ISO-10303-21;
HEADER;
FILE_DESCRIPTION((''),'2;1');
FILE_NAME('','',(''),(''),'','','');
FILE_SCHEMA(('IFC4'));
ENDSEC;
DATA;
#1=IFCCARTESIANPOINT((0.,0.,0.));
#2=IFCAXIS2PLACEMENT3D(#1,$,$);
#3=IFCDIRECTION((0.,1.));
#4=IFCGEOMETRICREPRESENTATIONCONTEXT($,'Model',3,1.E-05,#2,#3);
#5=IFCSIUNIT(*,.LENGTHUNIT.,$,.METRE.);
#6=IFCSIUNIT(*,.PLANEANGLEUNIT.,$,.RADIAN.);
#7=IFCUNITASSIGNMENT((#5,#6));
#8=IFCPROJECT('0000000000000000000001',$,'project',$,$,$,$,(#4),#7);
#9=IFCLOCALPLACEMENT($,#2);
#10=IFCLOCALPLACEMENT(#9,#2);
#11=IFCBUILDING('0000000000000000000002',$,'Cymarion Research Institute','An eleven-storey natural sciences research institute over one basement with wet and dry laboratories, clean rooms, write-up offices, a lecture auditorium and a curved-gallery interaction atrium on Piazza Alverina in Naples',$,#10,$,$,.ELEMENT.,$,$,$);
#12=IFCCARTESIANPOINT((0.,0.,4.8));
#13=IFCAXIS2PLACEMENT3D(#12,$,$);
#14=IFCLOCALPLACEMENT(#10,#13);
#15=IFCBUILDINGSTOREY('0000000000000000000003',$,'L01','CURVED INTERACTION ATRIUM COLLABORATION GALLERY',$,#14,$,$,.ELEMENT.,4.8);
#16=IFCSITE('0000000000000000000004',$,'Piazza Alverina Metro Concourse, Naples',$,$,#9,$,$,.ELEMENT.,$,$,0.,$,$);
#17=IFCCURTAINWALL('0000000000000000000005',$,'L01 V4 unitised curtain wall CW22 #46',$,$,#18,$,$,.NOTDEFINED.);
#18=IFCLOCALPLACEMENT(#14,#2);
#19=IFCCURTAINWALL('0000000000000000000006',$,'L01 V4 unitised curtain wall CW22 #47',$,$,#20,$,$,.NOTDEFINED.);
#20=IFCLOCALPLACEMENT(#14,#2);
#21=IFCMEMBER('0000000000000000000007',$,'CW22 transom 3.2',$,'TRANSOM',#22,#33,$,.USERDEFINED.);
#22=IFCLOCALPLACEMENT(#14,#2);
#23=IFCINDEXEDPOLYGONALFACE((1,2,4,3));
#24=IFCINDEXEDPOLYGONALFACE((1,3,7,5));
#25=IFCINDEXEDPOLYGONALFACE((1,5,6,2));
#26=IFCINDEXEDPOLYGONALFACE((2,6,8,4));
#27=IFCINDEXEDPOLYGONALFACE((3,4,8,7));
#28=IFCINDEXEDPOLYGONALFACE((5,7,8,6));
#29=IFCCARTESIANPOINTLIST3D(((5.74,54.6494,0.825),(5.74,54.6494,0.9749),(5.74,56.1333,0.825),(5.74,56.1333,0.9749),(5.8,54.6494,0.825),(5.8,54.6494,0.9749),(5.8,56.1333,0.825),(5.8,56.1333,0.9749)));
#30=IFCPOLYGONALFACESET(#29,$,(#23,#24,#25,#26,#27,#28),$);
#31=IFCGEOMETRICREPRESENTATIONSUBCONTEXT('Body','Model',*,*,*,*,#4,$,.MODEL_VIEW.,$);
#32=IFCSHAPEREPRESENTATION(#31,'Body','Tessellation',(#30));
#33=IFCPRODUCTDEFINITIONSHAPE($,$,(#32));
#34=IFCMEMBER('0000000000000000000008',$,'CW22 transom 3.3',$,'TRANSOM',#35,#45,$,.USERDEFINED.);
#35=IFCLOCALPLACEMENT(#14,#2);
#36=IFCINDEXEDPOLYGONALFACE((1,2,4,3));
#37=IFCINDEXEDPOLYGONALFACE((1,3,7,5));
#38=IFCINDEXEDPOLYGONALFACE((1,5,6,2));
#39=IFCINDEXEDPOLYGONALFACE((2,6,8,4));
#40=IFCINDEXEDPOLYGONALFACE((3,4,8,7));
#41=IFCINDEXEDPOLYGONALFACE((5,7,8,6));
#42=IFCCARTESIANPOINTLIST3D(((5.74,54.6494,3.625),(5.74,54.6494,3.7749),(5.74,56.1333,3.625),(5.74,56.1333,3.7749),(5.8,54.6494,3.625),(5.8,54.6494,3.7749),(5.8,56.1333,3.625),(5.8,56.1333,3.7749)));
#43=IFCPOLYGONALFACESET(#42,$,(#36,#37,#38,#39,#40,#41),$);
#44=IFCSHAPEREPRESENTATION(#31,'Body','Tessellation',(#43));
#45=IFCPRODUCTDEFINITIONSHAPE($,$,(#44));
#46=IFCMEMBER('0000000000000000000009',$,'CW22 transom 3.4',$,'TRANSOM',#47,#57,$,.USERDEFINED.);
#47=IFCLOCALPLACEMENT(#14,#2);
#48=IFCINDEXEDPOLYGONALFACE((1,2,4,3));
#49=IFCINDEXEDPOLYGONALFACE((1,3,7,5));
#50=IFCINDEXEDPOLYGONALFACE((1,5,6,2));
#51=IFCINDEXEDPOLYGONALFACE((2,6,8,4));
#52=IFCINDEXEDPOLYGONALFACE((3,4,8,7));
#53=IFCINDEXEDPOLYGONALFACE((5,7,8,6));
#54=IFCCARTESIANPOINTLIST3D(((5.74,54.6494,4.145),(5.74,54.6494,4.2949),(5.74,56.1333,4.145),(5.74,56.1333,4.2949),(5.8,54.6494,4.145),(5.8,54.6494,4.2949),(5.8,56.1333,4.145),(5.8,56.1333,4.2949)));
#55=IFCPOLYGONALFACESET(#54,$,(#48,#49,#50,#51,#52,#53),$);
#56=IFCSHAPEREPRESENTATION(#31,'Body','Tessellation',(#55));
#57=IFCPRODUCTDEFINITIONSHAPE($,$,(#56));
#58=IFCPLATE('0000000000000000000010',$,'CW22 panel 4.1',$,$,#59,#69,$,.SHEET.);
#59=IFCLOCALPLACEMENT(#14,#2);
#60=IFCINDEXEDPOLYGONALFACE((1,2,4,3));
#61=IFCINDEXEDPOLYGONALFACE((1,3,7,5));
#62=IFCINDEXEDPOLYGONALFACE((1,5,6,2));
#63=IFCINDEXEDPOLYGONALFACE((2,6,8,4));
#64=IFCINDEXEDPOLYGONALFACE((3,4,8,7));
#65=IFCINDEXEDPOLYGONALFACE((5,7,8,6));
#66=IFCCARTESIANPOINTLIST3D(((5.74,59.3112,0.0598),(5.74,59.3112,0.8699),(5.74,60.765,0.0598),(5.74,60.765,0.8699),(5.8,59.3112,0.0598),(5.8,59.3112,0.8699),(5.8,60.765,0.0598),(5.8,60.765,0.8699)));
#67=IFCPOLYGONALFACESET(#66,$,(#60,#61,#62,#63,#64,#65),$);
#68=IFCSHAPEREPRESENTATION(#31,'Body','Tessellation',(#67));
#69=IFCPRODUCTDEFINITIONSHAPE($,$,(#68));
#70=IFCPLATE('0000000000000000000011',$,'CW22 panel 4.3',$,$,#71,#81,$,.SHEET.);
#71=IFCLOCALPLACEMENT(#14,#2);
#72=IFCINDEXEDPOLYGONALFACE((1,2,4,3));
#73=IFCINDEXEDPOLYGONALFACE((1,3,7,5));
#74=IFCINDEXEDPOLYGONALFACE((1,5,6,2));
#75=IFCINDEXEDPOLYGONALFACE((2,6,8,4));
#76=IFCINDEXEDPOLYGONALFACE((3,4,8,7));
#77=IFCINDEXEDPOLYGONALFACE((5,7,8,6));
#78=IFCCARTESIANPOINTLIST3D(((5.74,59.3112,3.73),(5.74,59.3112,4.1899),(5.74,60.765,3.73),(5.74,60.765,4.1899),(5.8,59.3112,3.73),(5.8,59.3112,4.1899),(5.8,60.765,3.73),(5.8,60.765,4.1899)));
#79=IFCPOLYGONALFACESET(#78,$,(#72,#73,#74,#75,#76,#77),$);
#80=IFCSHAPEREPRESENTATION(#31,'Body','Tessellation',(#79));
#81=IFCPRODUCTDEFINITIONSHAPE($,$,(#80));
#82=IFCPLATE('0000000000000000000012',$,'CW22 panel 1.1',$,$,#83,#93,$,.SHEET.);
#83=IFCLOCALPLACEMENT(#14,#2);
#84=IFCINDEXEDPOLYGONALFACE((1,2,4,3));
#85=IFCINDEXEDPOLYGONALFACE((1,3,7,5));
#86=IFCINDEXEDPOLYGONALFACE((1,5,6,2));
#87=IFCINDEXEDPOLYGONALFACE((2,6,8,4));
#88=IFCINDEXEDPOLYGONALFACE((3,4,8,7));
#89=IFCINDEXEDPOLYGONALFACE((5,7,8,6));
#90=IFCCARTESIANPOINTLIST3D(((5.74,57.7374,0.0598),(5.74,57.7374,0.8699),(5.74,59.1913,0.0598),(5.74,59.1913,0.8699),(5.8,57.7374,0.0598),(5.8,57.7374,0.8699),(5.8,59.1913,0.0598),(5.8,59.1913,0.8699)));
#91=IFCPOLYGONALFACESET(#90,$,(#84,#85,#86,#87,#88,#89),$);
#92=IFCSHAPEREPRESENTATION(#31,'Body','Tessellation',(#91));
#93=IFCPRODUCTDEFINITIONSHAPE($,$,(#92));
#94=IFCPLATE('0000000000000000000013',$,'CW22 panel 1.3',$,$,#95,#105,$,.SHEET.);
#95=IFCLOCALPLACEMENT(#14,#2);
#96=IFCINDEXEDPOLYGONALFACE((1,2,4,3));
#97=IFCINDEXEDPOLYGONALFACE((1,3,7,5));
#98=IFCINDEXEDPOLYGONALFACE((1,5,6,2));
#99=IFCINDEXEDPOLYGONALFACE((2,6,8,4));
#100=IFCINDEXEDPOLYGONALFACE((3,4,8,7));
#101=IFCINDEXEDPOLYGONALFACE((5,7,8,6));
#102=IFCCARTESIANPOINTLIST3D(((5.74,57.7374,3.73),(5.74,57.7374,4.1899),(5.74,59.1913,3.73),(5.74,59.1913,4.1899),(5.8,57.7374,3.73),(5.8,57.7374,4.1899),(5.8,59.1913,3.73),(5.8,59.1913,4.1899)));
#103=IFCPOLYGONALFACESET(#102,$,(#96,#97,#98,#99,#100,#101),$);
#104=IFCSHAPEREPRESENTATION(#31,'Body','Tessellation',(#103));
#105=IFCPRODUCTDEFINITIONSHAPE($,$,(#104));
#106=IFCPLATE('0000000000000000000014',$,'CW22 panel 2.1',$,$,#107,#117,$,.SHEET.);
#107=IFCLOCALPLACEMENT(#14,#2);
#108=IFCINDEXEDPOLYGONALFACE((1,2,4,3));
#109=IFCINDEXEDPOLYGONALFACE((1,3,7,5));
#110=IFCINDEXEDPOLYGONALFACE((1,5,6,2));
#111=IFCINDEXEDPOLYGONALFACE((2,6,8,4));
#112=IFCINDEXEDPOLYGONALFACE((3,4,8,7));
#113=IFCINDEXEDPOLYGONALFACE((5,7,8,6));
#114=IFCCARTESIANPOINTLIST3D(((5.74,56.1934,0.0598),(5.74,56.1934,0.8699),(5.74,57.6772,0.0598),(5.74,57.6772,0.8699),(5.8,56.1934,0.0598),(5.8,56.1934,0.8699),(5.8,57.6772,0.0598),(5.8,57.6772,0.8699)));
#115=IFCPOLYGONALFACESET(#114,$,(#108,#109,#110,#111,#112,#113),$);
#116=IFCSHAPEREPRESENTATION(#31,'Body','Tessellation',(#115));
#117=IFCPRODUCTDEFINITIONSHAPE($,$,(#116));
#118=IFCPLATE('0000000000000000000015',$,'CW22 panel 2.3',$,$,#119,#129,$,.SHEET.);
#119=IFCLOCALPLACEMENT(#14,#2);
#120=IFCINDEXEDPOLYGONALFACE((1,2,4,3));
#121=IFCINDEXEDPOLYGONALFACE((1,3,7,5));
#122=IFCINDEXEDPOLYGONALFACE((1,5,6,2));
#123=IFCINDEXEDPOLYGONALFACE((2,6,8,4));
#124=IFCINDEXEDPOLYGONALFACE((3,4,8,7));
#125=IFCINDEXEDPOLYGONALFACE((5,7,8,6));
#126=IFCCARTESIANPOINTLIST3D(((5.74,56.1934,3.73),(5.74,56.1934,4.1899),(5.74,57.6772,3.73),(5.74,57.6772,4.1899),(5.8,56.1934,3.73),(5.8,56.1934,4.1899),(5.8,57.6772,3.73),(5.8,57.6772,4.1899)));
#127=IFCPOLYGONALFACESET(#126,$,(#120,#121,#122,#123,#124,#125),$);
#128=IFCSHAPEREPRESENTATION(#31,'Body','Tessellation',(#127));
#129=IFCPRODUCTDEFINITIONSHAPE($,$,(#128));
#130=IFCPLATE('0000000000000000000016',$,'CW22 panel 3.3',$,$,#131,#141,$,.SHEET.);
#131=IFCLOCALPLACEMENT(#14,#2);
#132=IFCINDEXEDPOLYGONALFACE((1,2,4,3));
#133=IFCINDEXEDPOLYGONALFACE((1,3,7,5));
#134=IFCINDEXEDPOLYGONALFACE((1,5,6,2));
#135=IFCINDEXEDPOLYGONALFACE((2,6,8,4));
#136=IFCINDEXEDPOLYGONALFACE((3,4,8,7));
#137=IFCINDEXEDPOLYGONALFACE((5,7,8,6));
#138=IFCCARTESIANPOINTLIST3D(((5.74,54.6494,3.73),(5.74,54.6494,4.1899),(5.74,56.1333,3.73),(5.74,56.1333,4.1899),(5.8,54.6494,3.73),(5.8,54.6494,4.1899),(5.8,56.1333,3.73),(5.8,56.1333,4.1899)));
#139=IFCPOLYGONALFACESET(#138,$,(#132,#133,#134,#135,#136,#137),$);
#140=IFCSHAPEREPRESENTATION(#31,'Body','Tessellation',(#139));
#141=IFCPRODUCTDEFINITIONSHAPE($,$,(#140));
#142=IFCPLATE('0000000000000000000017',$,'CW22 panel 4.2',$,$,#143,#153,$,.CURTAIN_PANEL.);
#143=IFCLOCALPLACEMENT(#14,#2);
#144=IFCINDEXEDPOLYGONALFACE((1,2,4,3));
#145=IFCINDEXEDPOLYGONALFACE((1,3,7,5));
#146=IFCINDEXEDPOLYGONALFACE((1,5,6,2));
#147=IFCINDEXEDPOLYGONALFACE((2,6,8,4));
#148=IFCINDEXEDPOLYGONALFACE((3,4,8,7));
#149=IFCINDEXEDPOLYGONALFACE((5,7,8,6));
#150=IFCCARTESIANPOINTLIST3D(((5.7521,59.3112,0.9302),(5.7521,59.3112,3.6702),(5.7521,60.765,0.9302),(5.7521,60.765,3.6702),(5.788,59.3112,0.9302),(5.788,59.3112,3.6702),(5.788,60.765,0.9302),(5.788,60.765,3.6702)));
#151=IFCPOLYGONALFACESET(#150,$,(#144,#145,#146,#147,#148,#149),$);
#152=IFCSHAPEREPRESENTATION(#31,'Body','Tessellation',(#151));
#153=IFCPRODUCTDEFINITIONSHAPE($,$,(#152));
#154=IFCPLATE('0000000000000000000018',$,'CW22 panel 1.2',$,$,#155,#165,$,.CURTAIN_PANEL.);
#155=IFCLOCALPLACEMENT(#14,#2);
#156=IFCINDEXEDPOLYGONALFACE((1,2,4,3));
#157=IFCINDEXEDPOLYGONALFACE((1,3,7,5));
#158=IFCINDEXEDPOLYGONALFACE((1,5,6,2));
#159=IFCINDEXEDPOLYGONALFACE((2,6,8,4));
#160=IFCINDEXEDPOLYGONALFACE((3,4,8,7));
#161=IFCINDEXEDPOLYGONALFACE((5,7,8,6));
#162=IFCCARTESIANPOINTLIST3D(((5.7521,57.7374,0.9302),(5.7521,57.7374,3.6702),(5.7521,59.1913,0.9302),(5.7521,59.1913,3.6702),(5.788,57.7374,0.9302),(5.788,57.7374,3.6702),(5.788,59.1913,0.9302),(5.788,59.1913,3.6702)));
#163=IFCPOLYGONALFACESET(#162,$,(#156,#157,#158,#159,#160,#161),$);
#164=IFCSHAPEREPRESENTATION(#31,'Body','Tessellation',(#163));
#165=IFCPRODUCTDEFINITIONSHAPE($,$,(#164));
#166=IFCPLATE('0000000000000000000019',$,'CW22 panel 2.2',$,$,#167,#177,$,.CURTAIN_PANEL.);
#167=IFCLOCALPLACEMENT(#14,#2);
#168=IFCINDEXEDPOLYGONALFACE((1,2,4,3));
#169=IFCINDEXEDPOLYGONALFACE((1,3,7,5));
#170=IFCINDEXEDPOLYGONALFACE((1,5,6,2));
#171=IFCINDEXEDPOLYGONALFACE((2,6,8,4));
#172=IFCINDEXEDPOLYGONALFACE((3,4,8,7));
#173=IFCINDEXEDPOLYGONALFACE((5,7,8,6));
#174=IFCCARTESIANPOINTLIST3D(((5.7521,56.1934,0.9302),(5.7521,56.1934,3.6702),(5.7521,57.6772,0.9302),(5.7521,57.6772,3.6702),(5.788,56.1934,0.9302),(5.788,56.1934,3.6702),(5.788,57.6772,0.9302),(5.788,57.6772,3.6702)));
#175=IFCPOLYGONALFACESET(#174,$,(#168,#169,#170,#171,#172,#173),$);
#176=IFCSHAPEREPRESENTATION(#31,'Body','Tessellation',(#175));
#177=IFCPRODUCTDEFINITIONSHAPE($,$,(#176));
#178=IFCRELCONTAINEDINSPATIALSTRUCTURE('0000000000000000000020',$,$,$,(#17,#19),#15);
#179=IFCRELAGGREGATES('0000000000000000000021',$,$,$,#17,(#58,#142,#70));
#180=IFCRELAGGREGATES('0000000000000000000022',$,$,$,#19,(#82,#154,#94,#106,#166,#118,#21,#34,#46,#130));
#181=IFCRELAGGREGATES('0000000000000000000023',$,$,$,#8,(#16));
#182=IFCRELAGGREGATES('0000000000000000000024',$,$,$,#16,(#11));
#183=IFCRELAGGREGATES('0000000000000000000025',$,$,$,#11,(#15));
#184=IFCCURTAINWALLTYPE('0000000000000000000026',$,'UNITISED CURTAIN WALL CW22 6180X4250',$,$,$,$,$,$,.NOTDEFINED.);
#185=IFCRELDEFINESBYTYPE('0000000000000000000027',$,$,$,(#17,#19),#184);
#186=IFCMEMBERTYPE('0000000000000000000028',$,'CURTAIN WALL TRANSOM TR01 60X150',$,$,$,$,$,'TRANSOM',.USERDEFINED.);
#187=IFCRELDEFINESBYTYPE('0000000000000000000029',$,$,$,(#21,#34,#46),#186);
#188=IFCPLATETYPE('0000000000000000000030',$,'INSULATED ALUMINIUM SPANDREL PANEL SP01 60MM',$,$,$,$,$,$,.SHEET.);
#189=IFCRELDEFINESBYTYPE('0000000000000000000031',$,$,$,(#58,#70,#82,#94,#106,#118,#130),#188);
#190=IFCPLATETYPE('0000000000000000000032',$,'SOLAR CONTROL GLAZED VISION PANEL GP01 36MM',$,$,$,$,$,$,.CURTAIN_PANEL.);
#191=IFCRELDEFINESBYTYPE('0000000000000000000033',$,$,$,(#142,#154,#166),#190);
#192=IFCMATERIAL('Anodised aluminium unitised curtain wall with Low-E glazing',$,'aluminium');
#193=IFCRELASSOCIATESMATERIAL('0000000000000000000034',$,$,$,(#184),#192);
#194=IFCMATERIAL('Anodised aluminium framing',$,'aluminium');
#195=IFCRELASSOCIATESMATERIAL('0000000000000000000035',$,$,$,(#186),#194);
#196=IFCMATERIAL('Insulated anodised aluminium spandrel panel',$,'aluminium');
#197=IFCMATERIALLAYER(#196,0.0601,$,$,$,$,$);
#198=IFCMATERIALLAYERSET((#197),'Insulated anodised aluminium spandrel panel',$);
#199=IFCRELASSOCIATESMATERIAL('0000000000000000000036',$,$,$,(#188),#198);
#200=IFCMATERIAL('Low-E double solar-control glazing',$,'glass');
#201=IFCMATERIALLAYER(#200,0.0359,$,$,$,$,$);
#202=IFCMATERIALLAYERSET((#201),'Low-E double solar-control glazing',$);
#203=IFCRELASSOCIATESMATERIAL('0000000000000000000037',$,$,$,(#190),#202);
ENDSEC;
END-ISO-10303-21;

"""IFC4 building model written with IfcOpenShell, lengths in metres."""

from ifc_helpers import new_model, si_unit, direction, frame, origin, origin_2d, place, context, subcontext, project, spatial, rectangle, extrude, material, layer, layer_set, material_profile, profile_set, type_object, element, aggregate, save


model = new_model("IFC4")

# Units and contexts
model_context = context("Model", 3, precision=1e-05, world=origin(), true_north=direction((0.0, 1.0)))
body_context = subcontext(model_context, "Body", "Model", "MODEL_VIEW")
ifc_project = project(units=[si_unit("LENGTHUNIT", "METRE"), si_unit("PLANEANGLEUNIT", "RADIAN")], contexts=[model_context])

# Site, building, storey
site_placement = place(None, origin())
site = spatial("IfcSite", under=ifc_project, at=site_placement, Name="Piazza Alverina Metro Concourse, Naples", CompositionType="ELEMENT", RefElevation=0.0)
building_placement = place(site_placement, origin())
building = spatial("IfcBuilding", under=site, at=building_placement, Name="Cymarion Research Institute", Description="An eleven-storey natural sciences research institute over one basement with wet and dry laboratories, clean rooms, write-up offices, a lecture auditorium and a curved-gallery interaction atrium on Piazza Alverina in Naples", CompositionType="ELEMENT")
storey_placement = place(building_placement, frame((0.0, 0.0, 4.8)))
storey = spatial("IfcBuildingStorey", under=building, at=storey_placement, Name="L01", Description="CURVED INTERACTION ATRIUM COLLABORATION GALLERY", CompositionType="ELEMENT", Elevation=4.8)

# Curtain wall
ifc_material_1 = material(Name="Anodised aluminium unitised curtain wall with Low-E glazing", Category="aluminium")
curtain_wall_type = type_object("IfcCurtainWallType", Name="UNITISED CURTAIN WALL CW22 6180X4250", PredefinedType="NOTDEFINED", material=ifc_material_1)
curtain_wall_1_placement = place(storey_placement, origin())
curtain_wall_1 = element("IfcCurtainWall", 1, at=curtain_wall_1_placement, inside=storey, type_object=curtain_wall_type, Name="L01 V4 unitised curtain wall CW22 #46", PredefinedType="NOTDEFINED")
ifc_material_2 = material(Name="Anodised aluminium framing", Category="aluminium")

# Curtain wall
curtain_wall_2_placement = place(storey_placement, origin())
curtain_wall_2 = element("IfcCurtainWall", 2, at=curtain_wall_2_placement, inside=storey, type_object=curtain_wall_type, Name="L01 V4 unitised curtain wall CW22 #47", PredefinedType="NOTDEFINED")

# Members
ifc_material_profile_1 = material_profile(ifc_material_2, rectangle(XDim=0.0601, YDim=0.1499, at=origin_2d()), Name="ALU TRANSOM 60x150")
ifc_profile_set_1 = profile_set([ifc_material_profile_1], Name="Anodised aluminium framing")
member_type_1 = type_object("IfcMemberType", Name="CURTAIN WALL TRANSOM TR01 60X150", ElementType="TRANSOM", PredefinedType="USERDEFINED", material=ifc_profile_set_1)
member_1_placement = place(storey_placement, frame((5.77, 56.1333, 0.8999), z_axis=(0.0, -1.0, 0.0), x_axis=(1.0, 0.0, 0.0)))
member_1 = element("IfcMember", 3, at=member_1_placement, type_object=member_type_1, Name="CW22 transom 3.2", ObjectType="TRANSOM", PredefinedType="USERDEFINED", context=body_context, shape_type="SweptSolid", body=[
    extrude(rectangle(XDim=0.0601, YDim=0.1499, at=origin_2d()), origin(), (0.0, 0.0, 1.0), 1.4839),
])
member_2_placement = place(storey_placement, frame((5.77, 56.1333, 3.7), z_axis=(0.0, -1.0, 0.0), x_axis=(1.0, 0.0, 0.0)))
member_2 = element("IfcMember", 4, at=member_2_placement, type_object=member_type_1, Name="CW22 transom 3.3", ObjectType="TRANSOM", PredefinedType="USERDEFINED", context=body_context, shape_type="SweptSolid", body=[
    extrude(rectangle(XDim=0.0601, YDim=0.1499, at=origin_2d()), origin(), (0.0, 0.0, 1.0), 1.4839),
])
member_3_placement = place(storey_placement, frame((5.77, 56.1333, 4.22), z_axis=(0.0, -1.0, 0.0), x_axis=(1.0, 0.0, 0.0)))
member_3 = element("IfcMember", 5, at=member_3_placement, type_object=member_type_1, Name="CW22 transom 3.4", ObjectType="TRANSOM", PredefinedType="USERDEFINED", context=body_context, shape_type="SweptSolid", body=[
    extrude(rectangle(XDim=0.0601, YDim=0.1499, at=origin_2d()), origin(), (0.0, 0.0, 1.0), 1.4839),
])

# Plates
ifc_material_3 = material(Name="Insulated anodised aluminium spandrel panel", Category="aluminium")
ifc_layer_1 = layer(ifc_material_3, 0.0601)
ifc_layer_set_1 = layer_set([ifc_layer_1], Name="Insulated anodised aluminium spandrel panel")
plate_type_1 = type_object("IfcPlateType", Name="INSULATED ALUMINIUM SPANDREL PANEL SP01 60MM", PredefinedType="SHEET", material=ifc_layer_set_1)
plate_1_placement = place(storey_placement, frame((5.77, 60.0381, 0.0598), z_axis=(0.0, 0.0, 1.0), x_axis=(0.0, -1.0, 0.0)))
plate_1 = element("IfcPlate", 6, at=plate_1_placement, type_object=plate_type_1, Name="CW22 panel 4.1", PredefinedType="SHEET", context=body_context, shape_type="SweptSolid", body=[
    extrude(rectangle(XDim=1.4539, YDim=0.0601, at=origin_2d()), origin(), (0.0, 0.0, 1.0), 0.8101),
])
plate_2_placement = place(storey_placement, frame((5.77, 60.0381, 3.73), z_axis=(0.0, 0.0, 1.0), x_axis=(0.0, -1.0, 0.0)))
plate_2 = element("IfcPlate", 7, at=plate_2_placement, type_object=plate_type_1, Name="CW22 panel 4.3", PredefinedType="SHEET", context=body_context, shape_type="SweptSolid", body=[
    extrude(rectangle(XDim=1.4539, YDim=0.0601, at=origin_2d()), origin(), (0.0, 0.0, 1.0), 0.46),
])
plate_3_placement = place(storey_placement, frame((5.77, 58.4644, 0.0598), z_axis=(0.0, 0.0, 1.0), x_axis=(0.0, -1.0, 0.0)))
plate_3 = element("IfcPlate", 8, at=plate_3_placement, type_object=plate_type_1, Name="CW22 panel 1.1", PredefinedType="SHEET", context=body_context, shape_type="SweptSolid", body=[
    extrude(rectangle(XDim=1.4539, YDim=0.0601, at=origin_2d()), origin(), (0.0, 0.0, 1.0), 0.8101),
])
plate_4_placement = place(storey_placement, frame((5.77, 58.4644, 3.73), z_axis=(0.0, 0.0, 1.0), x_axis=(0.0, -1.0, 0.0)))
plate_4 = element("IfcPlate", 9, at=plate_4_placement, type_object=plate_type_1, Name="CW22 panel 1.3", PredefinedType="SHEET", context=body_context, shape_type="SweptSolid", body=[
    extrude(rectangle(XDim=1.4539, YDim=0.0601, at=origin_2d()), origin(), (0.0, 0.0, 1.0), 0.46),
])
plate_5_placement = place(storey_placement, frame((5.77, 56.9353, 0.0598), z_axis=(0.0, 0.0, 1.0), x_axis=(0.0, -1.0, 0.0)))
plate_5 = element("IfcPlate", 10, at=plate_5_placement, type_object=plate_type_1, Name="CW22 panel 2.1", PredefinedType="SHEET", context=body_context, shape_type="SweptSolid", body=[
    extrude(rectangle(XDim=1.4839, YDim=0.0601, at=origin_2d()), origin(), (0.0, 0.0, 1.0), 0.8101),
])
plate_6_placement = place(storey_placement, frame((5.77, 56.9353, 3.73), z_axis=(0.0, 0.0, 1.0), x_axis=(0.0, -1.0, 0.0)))
plate_6 = element("IfcPlate", 11, at=plate_6_placement, type_object=plate_type_1, Name="CW22 panel 2.3", PredefinedType="SHEET", context=body_context, shape_type="SweptSolid", body=[
    extrude(rectangle(XDim=1.4839, YDim=0.0601, at=origin_2d()), origin(), (0.0, 0.0, 1.0), 0.46),
])
plate_7_placement = place(storey_placement, frame((5.77, 55.3914, 3.73), z_axis=(0.0, 0.0, 1.0), x_axis=(0.0, -1.0, 0.0)))
plate_7 = element("IfcPlate", 12, at=plate_7_placement, type_object=plate_type_1, Name="CW22 panel 3.3", PredefinedType="SHEET", context=body_context, shape_type="SweptSolid", body=[
    extrude(rectangle(XDim=1.4839, YDim=0.0601, at=origin_2d()), origin(), (0.0, 0.0, 1.0), 0.46),
])
ifc_material_4 = material(Name="Low-E double solar-control glazing", Category="glass")
ifc_layer_2 = layer(ifc_material_4, 0.0359)
ifc_layer_set_2 = layer_set([ifc_layer_2], Name="Low-E double solar-control glazing")
plate_type_2 = type_object("IfcPlateType", Name="SOLAR CONTROL GLAZED VISION PANEL GP01 36MM", PredefinedType="CURTAIN_PANEL", material=ifc_layer_set_2)
plate_8_placement = place(storey_placement, frame((5.77, 60.0381, 0.9302), z_axis=(0.0, 0.0, 1.0), x_axis=(0.0, -1.0, 0.0)))
plate_8 = element("IfcPlate", 13, at=plate_8_placement, type_object=plate_type_2, Name="CW22 panel 4.2", PredefinedType="CURTAIN_PANEL", context=body_context, shape_type="SweptSolid", body=[
    extrude(rectangle(XDim=1.4539, YDim=0.0359, at=origin_2d()), origin(), (0.0, 0.0, 1.0), 2.74),
])
aggregate(curtain_wall_1, [plate_1, plate_8, plate_2])
plate_9_placement = place(storey_placement, frame((5.77, 58.4644, 0.9302), z_axis=(0.0, 0.0, 1.0), x_axis=(0.0, -1.0, 0.0)))
plate_9 = element("IfcPlate", 14, at=plate_9_placement, type_object=plate_type_2, Name="CW22 panel 1.2", PredefinedType="CURTAIN_PANEL", context=body_context, shape_type="SweptSolid", body=[
    extrude(rectangle(XDim=1.4539, YDim=0.0359, at=origin_2d()), origin(), (0.0, 0.0, 1.0), 2.74),
])
plate_10_placement = place(storey_placement, frame((5.77, 56.9353, 0.9302), z_axis=(0.0, 0.0, 1.0), x_axis=(0.0, -1.0, 0.0)))
plate_10 = element("IfcPlate", 15, at=plate_10_placement, type_object=plate_type_2, Name="CW22 panel 2.2", PredefinedType="CURTAIN_PANEL", context=body_context, shape_type="SweptSolid", body=[
    extrude(rectangle(XDim=1.4839, YDim=0.0359, at=origin_2d()), origin(), (0.0, 0.0, 1.0), 2.74),
])
aggregate(curtain_wall_2, [plate_3, plate_9, plate_4, plate_5, plate_10, plate_6, member_1, member_2, member_3, plate_7])

save(model, "model.ifc")
